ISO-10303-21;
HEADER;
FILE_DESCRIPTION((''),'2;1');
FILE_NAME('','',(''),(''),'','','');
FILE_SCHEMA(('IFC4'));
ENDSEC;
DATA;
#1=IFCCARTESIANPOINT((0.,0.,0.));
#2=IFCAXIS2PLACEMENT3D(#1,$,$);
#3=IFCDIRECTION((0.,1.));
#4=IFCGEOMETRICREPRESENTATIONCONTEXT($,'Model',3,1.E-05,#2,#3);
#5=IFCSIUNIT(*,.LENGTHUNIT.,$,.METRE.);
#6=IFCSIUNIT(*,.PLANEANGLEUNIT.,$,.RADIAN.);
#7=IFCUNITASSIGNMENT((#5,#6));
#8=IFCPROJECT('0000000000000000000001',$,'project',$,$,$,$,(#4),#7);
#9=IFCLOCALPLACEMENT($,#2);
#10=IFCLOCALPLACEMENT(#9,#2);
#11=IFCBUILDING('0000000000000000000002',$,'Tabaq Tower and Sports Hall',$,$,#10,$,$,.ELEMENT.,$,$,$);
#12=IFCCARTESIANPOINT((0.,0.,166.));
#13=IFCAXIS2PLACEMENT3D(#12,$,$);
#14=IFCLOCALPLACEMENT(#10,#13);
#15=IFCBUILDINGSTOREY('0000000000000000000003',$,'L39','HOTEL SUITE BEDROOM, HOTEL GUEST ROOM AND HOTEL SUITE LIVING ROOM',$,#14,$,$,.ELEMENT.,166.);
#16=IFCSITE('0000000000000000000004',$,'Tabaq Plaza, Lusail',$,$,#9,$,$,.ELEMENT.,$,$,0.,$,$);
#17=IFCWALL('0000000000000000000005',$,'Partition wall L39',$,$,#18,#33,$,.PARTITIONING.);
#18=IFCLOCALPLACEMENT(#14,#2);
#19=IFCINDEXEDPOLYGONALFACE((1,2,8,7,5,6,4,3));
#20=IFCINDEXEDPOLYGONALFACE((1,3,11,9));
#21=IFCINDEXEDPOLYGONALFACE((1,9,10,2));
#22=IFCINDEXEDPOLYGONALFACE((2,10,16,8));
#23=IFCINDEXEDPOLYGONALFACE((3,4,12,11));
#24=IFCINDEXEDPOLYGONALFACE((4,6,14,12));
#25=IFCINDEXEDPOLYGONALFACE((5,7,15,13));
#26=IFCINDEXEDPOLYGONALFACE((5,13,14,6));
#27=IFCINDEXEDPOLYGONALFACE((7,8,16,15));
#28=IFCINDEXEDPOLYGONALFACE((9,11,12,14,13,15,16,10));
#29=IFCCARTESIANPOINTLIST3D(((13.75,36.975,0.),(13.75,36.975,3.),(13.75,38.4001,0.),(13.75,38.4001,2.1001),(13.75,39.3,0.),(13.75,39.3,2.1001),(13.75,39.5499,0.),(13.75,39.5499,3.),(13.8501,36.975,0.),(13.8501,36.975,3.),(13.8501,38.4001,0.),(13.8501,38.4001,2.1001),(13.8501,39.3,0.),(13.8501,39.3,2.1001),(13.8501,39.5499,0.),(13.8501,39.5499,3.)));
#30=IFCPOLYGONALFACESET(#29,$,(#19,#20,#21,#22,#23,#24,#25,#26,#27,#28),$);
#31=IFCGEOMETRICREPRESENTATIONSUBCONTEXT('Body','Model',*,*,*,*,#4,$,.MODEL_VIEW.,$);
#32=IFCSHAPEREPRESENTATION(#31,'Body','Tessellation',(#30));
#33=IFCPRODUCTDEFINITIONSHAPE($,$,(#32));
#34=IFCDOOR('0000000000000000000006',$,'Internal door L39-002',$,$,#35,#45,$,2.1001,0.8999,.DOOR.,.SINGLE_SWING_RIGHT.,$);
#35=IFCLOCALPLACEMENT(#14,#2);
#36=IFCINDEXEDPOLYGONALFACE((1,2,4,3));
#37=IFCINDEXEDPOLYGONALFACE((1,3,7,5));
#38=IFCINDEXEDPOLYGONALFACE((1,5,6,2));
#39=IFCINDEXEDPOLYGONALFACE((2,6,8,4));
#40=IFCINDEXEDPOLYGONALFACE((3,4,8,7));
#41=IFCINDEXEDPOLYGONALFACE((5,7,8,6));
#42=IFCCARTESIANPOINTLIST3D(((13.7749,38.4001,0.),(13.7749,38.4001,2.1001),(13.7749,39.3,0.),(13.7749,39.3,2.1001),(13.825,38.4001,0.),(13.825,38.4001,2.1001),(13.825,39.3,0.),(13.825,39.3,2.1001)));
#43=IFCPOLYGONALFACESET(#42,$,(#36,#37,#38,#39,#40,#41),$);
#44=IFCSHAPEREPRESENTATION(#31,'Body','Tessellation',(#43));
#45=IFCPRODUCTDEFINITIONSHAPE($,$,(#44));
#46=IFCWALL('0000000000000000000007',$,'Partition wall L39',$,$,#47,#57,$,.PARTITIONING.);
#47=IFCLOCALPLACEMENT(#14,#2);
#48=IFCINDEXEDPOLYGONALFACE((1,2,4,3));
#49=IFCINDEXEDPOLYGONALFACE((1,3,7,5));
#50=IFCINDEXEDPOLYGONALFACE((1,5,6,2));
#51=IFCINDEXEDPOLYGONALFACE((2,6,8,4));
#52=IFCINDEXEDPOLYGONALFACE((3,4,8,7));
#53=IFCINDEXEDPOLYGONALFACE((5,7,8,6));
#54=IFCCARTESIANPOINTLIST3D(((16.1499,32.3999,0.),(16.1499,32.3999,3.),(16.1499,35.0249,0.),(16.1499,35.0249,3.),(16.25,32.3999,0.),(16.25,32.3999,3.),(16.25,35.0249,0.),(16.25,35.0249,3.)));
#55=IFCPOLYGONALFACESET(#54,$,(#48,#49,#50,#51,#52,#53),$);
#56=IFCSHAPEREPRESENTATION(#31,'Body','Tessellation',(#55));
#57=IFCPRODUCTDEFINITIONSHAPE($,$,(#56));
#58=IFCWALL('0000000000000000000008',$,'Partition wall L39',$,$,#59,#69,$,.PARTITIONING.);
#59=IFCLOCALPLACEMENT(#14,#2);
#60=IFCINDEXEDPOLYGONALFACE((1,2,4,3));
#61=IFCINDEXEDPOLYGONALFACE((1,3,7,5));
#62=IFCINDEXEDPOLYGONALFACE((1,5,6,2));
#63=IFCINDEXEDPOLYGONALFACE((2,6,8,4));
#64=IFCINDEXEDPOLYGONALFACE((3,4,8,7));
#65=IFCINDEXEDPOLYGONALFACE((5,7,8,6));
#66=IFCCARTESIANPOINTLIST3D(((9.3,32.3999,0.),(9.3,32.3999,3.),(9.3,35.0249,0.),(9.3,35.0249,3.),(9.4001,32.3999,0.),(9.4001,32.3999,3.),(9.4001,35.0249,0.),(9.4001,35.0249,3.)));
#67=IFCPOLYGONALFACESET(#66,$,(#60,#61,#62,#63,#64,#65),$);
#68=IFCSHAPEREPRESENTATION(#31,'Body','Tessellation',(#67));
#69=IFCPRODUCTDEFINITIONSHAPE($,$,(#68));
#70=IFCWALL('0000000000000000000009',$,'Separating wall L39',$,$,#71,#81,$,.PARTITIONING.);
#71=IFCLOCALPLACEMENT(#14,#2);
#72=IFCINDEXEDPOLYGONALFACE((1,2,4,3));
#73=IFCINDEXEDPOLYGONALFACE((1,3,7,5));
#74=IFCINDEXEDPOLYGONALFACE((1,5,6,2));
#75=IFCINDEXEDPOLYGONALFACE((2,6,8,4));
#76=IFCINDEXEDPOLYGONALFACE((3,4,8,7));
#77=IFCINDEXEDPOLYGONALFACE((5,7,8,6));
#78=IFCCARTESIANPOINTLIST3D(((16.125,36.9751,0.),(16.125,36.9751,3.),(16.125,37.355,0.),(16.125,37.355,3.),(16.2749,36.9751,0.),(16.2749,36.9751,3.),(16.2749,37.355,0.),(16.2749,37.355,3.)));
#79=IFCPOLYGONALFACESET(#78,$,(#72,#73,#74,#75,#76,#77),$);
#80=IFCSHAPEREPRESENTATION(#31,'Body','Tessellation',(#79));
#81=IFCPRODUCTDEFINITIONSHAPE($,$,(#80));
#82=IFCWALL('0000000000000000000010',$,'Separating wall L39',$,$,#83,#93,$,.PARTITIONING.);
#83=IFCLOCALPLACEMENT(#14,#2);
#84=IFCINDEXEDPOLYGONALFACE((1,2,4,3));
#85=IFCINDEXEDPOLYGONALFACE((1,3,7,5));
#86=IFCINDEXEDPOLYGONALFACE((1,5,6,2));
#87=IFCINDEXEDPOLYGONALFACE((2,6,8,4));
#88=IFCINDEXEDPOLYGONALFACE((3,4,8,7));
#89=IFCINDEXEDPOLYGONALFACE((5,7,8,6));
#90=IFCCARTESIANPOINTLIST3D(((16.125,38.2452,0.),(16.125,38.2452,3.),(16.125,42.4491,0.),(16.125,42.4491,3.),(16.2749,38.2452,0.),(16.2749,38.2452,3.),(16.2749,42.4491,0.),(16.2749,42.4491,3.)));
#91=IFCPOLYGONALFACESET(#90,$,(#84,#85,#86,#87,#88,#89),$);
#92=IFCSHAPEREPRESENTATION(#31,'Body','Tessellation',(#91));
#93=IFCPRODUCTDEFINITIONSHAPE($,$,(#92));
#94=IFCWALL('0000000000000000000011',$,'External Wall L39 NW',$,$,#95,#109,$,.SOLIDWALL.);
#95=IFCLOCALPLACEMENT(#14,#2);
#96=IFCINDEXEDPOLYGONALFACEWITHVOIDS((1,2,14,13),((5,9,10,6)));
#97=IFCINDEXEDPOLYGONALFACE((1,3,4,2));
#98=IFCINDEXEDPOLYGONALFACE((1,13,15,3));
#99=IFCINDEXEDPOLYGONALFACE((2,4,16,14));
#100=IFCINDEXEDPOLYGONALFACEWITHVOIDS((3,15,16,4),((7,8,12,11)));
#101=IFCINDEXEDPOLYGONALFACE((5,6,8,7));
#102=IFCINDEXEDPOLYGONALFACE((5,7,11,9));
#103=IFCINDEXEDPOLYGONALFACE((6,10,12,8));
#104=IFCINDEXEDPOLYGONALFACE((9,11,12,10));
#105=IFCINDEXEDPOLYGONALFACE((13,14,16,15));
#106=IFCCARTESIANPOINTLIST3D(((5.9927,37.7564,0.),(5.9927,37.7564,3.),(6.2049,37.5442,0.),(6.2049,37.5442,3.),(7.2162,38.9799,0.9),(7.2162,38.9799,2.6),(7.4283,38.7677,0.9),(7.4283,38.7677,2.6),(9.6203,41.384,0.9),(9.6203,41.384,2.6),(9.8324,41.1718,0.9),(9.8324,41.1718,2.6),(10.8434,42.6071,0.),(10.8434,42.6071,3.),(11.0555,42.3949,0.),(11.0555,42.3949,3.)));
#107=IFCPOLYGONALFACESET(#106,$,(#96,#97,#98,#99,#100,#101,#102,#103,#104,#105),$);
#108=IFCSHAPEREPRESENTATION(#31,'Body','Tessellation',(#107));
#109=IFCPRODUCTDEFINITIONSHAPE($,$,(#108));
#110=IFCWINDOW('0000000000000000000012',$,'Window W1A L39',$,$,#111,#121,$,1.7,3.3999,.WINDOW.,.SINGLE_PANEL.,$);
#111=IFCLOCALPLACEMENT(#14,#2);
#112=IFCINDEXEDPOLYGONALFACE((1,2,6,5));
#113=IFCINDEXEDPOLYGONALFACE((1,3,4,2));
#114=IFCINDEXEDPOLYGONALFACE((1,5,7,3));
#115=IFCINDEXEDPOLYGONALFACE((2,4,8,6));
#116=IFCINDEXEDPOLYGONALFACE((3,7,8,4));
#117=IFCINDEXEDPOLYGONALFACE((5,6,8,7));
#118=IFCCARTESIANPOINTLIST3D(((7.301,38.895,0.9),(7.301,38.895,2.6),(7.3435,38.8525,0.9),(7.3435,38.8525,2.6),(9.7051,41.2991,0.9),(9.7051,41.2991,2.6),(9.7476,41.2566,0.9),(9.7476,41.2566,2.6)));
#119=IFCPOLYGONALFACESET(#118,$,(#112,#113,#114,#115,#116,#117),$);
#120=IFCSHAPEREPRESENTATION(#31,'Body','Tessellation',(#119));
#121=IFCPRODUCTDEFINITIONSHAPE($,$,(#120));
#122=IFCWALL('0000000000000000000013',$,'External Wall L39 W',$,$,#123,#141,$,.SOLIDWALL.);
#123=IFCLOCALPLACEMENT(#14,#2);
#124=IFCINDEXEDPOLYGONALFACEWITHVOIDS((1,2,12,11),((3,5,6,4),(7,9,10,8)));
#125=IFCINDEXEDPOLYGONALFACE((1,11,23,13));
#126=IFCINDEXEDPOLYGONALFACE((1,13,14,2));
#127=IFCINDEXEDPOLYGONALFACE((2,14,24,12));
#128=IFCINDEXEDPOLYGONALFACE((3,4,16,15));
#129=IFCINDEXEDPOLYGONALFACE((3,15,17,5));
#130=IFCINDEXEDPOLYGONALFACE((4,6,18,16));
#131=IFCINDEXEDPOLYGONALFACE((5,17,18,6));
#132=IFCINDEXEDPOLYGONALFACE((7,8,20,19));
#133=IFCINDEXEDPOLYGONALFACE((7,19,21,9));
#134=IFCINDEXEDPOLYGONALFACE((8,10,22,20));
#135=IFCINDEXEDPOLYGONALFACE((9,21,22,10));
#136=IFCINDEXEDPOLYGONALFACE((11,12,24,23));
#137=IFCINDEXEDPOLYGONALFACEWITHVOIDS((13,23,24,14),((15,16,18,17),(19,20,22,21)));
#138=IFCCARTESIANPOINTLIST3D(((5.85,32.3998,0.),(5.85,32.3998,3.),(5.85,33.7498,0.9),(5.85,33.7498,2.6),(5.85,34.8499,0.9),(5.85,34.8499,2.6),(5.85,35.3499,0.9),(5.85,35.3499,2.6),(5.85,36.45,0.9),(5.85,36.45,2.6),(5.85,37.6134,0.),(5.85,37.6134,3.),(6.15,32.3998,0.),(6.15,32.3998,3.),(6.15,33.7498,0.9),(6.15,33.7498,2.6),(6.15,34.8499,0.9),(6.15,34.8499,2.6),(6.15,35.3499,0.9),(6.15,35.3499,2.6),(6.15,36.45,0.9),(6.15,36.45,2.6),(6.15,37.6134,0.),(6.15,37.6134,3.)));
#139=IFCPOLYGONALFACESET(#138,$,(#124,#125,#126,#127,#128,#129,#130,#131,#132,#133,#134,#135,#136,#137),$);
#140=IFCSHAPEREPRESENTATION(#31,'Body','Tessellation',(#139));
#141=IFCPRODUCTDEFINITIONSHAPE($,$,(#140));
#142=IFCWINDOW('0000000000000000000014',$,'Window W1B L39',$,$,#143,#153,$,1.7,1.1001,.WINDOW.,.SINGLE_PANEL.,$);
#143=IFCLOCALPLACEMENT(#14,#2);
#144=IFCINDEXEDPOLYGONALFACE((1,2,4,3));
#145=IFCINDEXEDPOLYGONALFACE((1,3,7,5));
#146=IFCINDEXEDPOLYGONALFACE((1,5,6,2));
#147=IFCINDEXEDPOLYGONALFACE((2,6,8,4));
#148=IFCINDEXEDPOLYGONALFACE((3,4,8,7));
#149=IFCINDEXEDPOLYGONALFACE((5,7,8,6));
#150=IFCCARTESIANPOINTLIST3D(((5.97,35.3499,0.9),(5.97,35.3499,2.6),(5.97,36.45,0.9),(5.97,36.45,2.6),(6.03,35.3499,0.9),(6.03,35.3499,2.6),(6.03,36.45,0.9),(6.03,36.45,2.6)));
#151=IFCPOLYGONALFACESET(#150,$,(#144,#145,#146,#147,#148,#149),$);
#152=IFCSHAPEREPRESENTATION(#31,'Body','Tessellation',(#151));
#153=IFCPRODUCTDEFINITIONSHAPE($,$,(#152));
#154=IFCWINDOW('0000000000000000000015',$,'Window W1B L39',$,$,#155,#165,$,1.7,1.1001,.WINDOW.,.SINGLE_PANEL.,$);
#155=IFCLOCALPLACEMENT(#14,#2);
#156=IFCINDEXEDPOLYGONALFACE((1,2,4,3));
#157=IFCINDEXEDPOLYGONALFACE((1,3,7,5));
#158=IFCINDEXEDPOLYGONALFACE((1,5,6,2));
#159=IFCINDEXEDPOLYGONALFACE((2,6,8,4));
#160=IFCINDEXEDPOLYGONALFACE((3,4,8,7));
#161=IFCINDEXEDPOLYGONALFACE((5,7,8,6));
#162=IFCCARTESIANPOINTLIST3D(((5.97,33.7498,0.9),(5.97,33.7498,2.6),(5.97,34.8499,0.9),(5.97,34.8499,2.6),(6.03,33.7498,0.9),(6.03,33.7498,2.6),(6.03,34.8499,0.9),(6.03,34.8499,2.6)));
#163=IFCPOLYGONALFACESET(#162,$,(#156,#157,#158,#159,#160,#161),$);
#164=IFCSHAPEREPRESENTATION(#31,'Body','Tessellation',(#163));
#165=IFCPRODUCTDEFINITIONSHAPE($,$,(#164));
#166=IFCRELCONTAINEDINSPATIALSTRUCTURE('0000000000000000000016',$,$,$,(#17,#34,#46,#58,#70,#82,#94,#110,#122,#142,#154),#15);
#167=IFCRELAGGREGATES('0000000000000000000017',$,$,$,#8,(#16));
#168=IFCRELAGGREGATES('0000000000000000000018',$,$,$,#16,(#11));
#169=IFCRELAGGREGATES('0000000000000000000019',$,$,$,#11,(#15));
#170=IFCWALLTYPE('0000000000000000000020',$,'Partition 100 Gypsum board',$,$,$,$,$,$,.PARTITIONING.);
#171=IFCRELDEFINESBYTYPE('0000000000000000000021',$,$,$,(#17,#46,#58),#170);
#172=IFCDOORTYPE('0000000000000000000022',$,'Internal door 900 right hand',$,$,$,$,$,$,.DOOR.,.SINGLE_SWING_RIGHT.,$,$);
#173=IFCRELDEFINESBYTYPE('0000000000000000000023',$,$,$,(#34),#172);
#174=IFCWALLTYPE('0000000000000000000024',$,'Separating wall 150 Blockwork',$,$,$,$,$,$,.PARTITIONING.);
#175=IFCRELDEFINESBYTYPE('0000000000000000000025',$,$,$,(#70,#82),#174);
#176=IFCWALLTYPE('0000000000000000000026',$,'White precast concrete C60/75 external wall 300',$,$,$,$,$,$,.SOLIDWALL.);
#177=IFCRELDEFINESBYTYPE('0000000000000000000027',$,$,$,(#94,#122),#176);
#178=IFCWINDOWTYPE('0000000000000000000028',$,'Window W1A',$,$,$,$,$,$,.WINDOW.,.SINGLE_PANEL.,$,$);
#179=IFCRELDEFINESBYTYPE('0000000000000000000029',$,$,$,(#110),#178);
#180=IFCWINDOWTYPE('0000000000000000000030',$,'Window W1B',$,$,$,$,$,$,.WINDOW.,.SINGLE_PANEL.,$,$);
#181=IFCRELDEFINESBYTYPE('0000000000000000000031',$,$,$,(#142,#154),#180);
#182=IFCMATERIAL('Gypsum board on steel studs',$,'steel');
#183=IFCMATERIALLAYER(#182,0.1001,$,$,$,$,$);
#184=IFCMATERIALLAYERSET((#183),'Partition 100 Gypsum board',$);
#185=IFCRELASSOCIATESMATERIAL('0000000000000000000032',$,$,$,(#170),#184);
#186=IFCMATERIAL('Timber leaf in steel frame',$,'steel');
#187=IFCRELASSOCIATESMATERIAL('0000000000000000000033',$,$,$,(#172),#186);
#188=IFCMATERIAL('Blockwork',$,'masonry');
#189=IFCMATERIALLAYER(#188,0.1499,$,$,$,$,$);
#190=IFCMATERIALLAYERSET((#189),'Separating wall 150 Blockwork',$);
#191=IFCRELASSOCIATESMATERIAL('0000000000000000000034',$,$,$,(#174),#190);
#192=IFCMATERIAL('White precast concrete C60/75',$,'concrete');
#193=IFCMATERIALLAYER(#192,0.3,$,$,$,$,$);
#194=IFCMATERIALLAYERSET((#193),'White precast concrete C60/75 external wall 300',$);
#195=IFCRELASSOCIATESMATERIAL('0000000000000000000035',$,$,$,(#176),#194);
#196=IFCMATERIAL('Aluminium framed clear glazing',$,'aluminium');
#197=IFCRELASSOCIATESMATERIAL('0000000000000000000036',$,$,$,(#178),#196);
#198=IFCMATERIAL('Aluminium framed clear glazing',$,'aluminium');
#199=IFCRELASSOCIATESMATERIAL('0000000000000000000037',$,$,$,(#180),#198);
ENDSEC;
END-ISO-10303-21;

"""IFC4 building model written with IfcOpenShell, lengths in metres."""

from ifc_helpers import new_model, si_unit, direction, frame, frame_2d, origin, place, context, subcontext, project, spatial, rectangle, extrude, material, layer, layer_set, type_object, element, fill, save


model = new_model("IFC4")

# Units and contexts
model_context = context("Model", 3, precision=1e-05, world=origin(), true_north=direction((0.0, 1.0)))
body_context = subcontext(model_context, "Body", "Model", "MODEL_VIEW")
ifc_project = project(units=[si_unit("LENGTHUNIT", "METRE"), si_unit("PLANEANGLEUNIT", "RADIAN")], contexts=[model_context])

# Site, building, storey
site_placement = place(None, origin())
site = spatial("IfcSite", under=ifc_project, at=site_placement, Name="Tabaq Plaza, Lusail", CompositionType="ELEMENT", RefElevation=0.0)
building_placement = place(site_placement, origin())
building = spatial("IfcBuilding", under=site, at=building_placement, Name="Tabaq Tower and Sports Hall", CompositionType="ELEMENT")
storey_placement = place(building_placement, frame((0.0, 0.0, 166.0)))
storey = spatial("IfcBuildingStorey", under=building, at=storey_placement, Name="L39", Description="HOTEL SUITE BEDROOM, HOTEL GUEST ROOM AND HOTEL SUITE LIVING ROOM", CompositionType="ELEMENT", Elevation=166.0)

# Shared definitions
ifc_material_1 = material(Name="Gypsum board on steel studs", Category="steel")
ifc_layer_1 = layer(ifc_material_1, 0.1001)
ifc_layer_set_1 = layer_set([ifc_layer_1], Name="Partition 100 Gypsum board")
wall_type_1 = type_object("IfcWallType", Name="Partition 100 Gypsum board", PredefinedType="PARTITIONING", material=ifc_layer_set_1)

# Wall, opening, door
wall_1_placement = place(storey_placement, frame((13.8, 39.55, 0.0), z_axis=(0.0, 0.0, 1.0), x_axis=(0.0, -1.0, 0.0)))
wall_1 = element("IfcWall", 1, at=wall_1_placement, inside=storey, type_object=wall_type_1, Name="Partition wall L39", PredefinedType="PARTITIONING", context=body_context, shape_type="SweptSolid", body=[
    extrude(rectangle(XDim=2.575, YDim=0.1001, at=frame_2d((1.2876, 0.0))), origin(), (0.0, 0.0, 1.0), 3.0),
])
opening_1_placement = place(wall_1_placement, frame((0.25, 0.0, 0.0)))
opening_1 = element("IfcOpeningElement", 2, at=opening_1_placement, cuts=wall_1, PredefinedType="OPENING", context=body_context, shape_type="SweptSolid", body=[
    extrude(rectangle(XDim=0.8999, YDim=2.1001, at=frame_2d((0.45, 1.05))), frame((0.0, 0.05, 0.0), z_axis=(0.0, -1.0, 0.0), x_axis=(1.0, 0.0, 0.0)), (0.0, 0.0, 1.0), 0.1001),
])
ifc_material_2 = material(Name="Timber leaf in steel frame", Category="steel")
door_type_1 = type_object("IfcDoorType", Name="Internal door 900 right hand", OperationType="SINGLE_SWING_RIGHT", PredefinedType="DOOR", material=ifc_material_2)
door_1_placement = place(opening_1_placement, origin())
door_1 = element("IfcDoor", 3, at=door_1_placement, inside=storey, type_object=door_type_1, Name="Internal door L39-002", OperationType="SINGLE_SWING_RIGHT", OverallHeight=2.1001, OverallWidth=0.8999, PredefinedType="DOOR", context=body_context, shape_type="SweptSolid", body=[
    extrude(rectangle(XDim=0.8999, YDim=2.1001, at=frame_2d((0.45, 1.05))), frame((0.0, 0.0249, 0.0), z_axis=(0.0, -1.0, 0.0), x_axis=(1.0, 0.0, 0.0)), (0.0, 0.0, 1.0), 0.05),
])
fill(opening_1, door_1)

# Walls
for number, where, z_axis, x_axis, name in (
    (4, (16.2, 35.0249, 0.0), (0.0, 0.0, 1.0), (0.0, -1.0, 0.0), "Partition wall L39"),
    (5, (9.3501, 35.0249, 0.0), (0.0, 0.0, 1.0), (0.0, -1.0, 0.0), "Partition wall L39"),
):
    element("IfcWall", number, at=place(storey_placement, frame(where, z_axis=z_axis, x_axis=x_axis)), inside=storey, type_object=wall_type_1, Name=name, PredefinedType="PARTITIONING", context=body_context, shape_type="SweptSolid", body=[
        extrude(rectangle(XDim=2.625, YDim=0.1001, at=frame_2d((1.3125, 0.0))), origin(), (0.0, 0.0, 1.0), 3.0),
    ])
ifc_material_3 = material(Name="Blockwork", Category="masonry")
ifc_layer_2 = layer(ifc_material_3, 0.1499)
ifc_layer_set_2 = layer_set([ifc_layer_2], Name="Separating wall 150 Blockwork")
wall_type_2 = type_object("IfcWallType", Name="Separating wall 150 Blockwork", PredefinedType="PARTITIONING", material=ifc_layer_set_2)
wall_2_placement = place(storey_placement, frame((16.2, 36.9751, 0.0), z_axis=(0.0, 0.0, 1.0), x_axis=(0.0, 1.0, 0.0)))
element("IfcWall", 6, at=wall_2_placement, inside=storey, type_object=wall_type_2, Name="Separating wall L39", PredefinedType="PARTITIONING", context=body_context, shape_type="SweptSolid", body=[
    extrude(rectangle(XDim=0.3799, YDim=0.1499, at=frame_2d((0.1899, 0.0))), origin(), (0.0, 0.0, 1.0), 3.0),
])
wall_3_placement = place(storey_placement, frame((16.2, 38.2451, 0.0), z_axis=(0.0, 0.0, 1.0), x_axis=(0.0, 1.0, 0.0)))
element("IfcWall", 7, at=wall_3_placement, inside=storey, type_object=wall_type_2, Name="Separating wall L39", PredefinedType="PARTITIONING", context=body_context, shape_type="SweptSolid", body=[
    extrude(rectangle(XDim=4.2039, YDim=0.1499, at=frame_2d((2.1021, 0.0))), origin(), (0.0, 0.0, 1.0), 3.0),
])

# Wall, opening, window
ifc_material_4 = material(Name="White precast concrete C60/75", Category="concrete")
ifc_layer_3 = layer(ifc_material_4, 0.3)
ifc_layer_set_3 = layer_set([ifc_layer_3], Name="White precast concrete C60/75 external wall 300")
wall_type_3 = type_object("IfcWallType", Name="White precast concrete C60/75 external wall 300", PredefinedType="SOLIDWALL", material=ifc_layer_set_3)
wall_4_placement = place(storey_placement, frame((10.9495, 42.501, 0.0), z_axis=(0.0, 0.0, 1.0), x_axis=(-0.707107, -0.707107, 0.0)))
wall_4 = element("IfcWall", 8, at=wall_4_placement, inside=storey, type_object=wall_type_3, Name="External Wall L39 NW", PredefinedType="SOLIDWALL", context=body_context, shape_type="SweptSolid", body=[
    extrude(rectangle(XDim=6.8599, YDim=0.3, at=frame_2d((3.4299, 0.0))), origin(), (0.0, 0.0, 1.0), 3.0),
])
opening_2_placement = place(wall_4_placement, frame((1.7297, 0.0, 0.8999)))
opening_2 = element("IfcOpeningElement", 9, at=opening_2_placement, cuts=wall_4, PredefinedType="OPENING", context=body_context, shape_type="SweptSolid", body=[
    extrude(rectangle(XDim=3.3999, YDim=1.7, at=frame_2d((1.7, 0.8501))), frame((0.0, 0.1602, 0.0), z_axis=(0.0, -1.0, 0.0), x_axis=(1.0, 0.0, 0.0)), (0.0, 0.0, 1.0), 0.3201),
])
ifc_material_5 = material(Name="Aluminium framed clear glazing", Category="aluminium")
window_type_1 = type_object("IfcWindowType", Name="Window W1A", PartitioningType="SINGLE_PANEL", PredefinedType="WINDOW", material=ifc_material_5)
window_1_placement = place(opening_2_placement, origin())
window_1 = element("IfcWindow", 10, at=window_1_placement, inside=storey, type_object=window_type_1, Name="Window W1A L39", OverallHeight=1.7, OverallWidth=3.3999, PartitioningType="SINGLE_PANEL", PredefinedType="WINDOW", context=body_context, shape_type="SweptSolid", body=[
    extrude(rectangle(XDim=3.3999, YDim=1.7, at=frame_2d((1.7, 0.8501))), frame((0.0, 0.03, 0.0), z_axis=(0.0, -1.0, 0.0), x_axis=(1.0, 0.0, 0.0)), (0.0, 0.0, 1.0), 0.0601),
])
fill(opening_2, window_1)

# Wall, openings, windows
wall_5_placement = place(storey_placement, frame((6.0, 37.6135, 0.0), z_axis=(0.0, 0.0, 1.0), x_axis=(0.0, -1.0, 0.0)))
wall_5 = element("IfcWall", 11, at=wall_5_placement, inside=storey, type_object=wall_type_3, Name="External Wall L39 W", PredefinedType="SOLIDWALL", context=body_context, shape_type="SweptSolid", body=[
    extrude(rectangle(XDim=5.2136, YDim=0.3, at=frame_2d((2.6069, 0.0))), origin(), (0.0, 0.0, 1.0), 3.0),
])
opening_3_placement = place(wall_5_placement, frame((1.1636, 0.0, 0.8999)))
opening_3 = element("IfcOpeningElement", 12, at=opening_3_placement, cuts=wall_5, PredefinedType="OPENING", context=body_context, shape_type="SweptSolid", body=[
    extrude(rectangle(XDim=1.1001, YDim=1.7, at=frame_2d((0.55, 0.8501))), frame((0.0, 0.1602, 0.0), z_axis=(0.0, -1.0, 0.0), x_axis=(1.0, 0.0, 0.0)), (0.0, 0.0, 1.0), 0.3201),
])
opening_4_placement = place(wall_5_placement, frame((2.7637, 0.0, 0.8999)))
opening_4 = element("IfcOpeningElement", 13, at=opening_4_placement, cuts=wall_5, PredefinedType="OPENING", context=body_context, shape_type="SweptSolid", body=[
    extrude(rectangle(XDim=1.1001, YDim=1.7, at=frame_2d((0.55, 0.8501))), frame((0.0, 0.1602, 0.0), z_axis=(0.0, -1.0, 0.0), x_axis=(1.0, 0.0, 0.0)), (0.0, 0.0, 1.0), 0.3201),
])
ifc_material_6 = material(Name="Aluminium framed clear glazing", Category="aluminium")
window_type_2 = type_object("IfcWindowType", Name="Window W1B", PartitioningType="SINGLE_PANEL", PredefinedType="WINDOW", material=ifc_material_6)
window_2_placement = place(opening_3_placement, origin())
window_2 = element("IfcWindow", 14, at=window_2_placement, inside=storey, type_object=window_type_2, Name="Window W1B L39", OverallHeight=1.7, OverallWidth=1.1001, PartitioningType="SINGLE_PANEL", PredefinedType="WINDOW", context=body_context, shape_type="SweptSolid", body=[
    extrude(rectangle(XDim=1.1001, YDim=1.7, at=frame_2d((0.55, 0.8501))), frame((0.0, 0.03, 0.0), z_axis=(0.0, -1.0, 0.0), x_axis=(1.0, 0.0, 0.0)), (0.0, 0.0, 1.0), 0.0601),
])
fill(opening_3, window_2)
window_3_placement = place(opening_4_placement, origin())
window_3 = element("IfcWindow", 15, at=window_3_placement, inside=storey, type_object=window_type_2, Name="Window W1B L39", OverallHeight=1.7, OverallWidth=1.1001, PartitioningType="SINGLE_PANEL", PredefinedType="WINDOW", context=body_context, shape_type="SweptSolid", body=[
    extrude(rectangle(XDim=1.1001, YDim=1.7, at=frame_2d((0.55, 0.8501))), frame((0.0, 0.03, 0.0), z_axis=(0.0, -1.0, 0.0), x_axis=(1.0, 0.0, 0.0)), (0.0, 0.0, 1.0), 0.0601),
])
fill(opening_4, window_3)

save(model, "model.ifc")
